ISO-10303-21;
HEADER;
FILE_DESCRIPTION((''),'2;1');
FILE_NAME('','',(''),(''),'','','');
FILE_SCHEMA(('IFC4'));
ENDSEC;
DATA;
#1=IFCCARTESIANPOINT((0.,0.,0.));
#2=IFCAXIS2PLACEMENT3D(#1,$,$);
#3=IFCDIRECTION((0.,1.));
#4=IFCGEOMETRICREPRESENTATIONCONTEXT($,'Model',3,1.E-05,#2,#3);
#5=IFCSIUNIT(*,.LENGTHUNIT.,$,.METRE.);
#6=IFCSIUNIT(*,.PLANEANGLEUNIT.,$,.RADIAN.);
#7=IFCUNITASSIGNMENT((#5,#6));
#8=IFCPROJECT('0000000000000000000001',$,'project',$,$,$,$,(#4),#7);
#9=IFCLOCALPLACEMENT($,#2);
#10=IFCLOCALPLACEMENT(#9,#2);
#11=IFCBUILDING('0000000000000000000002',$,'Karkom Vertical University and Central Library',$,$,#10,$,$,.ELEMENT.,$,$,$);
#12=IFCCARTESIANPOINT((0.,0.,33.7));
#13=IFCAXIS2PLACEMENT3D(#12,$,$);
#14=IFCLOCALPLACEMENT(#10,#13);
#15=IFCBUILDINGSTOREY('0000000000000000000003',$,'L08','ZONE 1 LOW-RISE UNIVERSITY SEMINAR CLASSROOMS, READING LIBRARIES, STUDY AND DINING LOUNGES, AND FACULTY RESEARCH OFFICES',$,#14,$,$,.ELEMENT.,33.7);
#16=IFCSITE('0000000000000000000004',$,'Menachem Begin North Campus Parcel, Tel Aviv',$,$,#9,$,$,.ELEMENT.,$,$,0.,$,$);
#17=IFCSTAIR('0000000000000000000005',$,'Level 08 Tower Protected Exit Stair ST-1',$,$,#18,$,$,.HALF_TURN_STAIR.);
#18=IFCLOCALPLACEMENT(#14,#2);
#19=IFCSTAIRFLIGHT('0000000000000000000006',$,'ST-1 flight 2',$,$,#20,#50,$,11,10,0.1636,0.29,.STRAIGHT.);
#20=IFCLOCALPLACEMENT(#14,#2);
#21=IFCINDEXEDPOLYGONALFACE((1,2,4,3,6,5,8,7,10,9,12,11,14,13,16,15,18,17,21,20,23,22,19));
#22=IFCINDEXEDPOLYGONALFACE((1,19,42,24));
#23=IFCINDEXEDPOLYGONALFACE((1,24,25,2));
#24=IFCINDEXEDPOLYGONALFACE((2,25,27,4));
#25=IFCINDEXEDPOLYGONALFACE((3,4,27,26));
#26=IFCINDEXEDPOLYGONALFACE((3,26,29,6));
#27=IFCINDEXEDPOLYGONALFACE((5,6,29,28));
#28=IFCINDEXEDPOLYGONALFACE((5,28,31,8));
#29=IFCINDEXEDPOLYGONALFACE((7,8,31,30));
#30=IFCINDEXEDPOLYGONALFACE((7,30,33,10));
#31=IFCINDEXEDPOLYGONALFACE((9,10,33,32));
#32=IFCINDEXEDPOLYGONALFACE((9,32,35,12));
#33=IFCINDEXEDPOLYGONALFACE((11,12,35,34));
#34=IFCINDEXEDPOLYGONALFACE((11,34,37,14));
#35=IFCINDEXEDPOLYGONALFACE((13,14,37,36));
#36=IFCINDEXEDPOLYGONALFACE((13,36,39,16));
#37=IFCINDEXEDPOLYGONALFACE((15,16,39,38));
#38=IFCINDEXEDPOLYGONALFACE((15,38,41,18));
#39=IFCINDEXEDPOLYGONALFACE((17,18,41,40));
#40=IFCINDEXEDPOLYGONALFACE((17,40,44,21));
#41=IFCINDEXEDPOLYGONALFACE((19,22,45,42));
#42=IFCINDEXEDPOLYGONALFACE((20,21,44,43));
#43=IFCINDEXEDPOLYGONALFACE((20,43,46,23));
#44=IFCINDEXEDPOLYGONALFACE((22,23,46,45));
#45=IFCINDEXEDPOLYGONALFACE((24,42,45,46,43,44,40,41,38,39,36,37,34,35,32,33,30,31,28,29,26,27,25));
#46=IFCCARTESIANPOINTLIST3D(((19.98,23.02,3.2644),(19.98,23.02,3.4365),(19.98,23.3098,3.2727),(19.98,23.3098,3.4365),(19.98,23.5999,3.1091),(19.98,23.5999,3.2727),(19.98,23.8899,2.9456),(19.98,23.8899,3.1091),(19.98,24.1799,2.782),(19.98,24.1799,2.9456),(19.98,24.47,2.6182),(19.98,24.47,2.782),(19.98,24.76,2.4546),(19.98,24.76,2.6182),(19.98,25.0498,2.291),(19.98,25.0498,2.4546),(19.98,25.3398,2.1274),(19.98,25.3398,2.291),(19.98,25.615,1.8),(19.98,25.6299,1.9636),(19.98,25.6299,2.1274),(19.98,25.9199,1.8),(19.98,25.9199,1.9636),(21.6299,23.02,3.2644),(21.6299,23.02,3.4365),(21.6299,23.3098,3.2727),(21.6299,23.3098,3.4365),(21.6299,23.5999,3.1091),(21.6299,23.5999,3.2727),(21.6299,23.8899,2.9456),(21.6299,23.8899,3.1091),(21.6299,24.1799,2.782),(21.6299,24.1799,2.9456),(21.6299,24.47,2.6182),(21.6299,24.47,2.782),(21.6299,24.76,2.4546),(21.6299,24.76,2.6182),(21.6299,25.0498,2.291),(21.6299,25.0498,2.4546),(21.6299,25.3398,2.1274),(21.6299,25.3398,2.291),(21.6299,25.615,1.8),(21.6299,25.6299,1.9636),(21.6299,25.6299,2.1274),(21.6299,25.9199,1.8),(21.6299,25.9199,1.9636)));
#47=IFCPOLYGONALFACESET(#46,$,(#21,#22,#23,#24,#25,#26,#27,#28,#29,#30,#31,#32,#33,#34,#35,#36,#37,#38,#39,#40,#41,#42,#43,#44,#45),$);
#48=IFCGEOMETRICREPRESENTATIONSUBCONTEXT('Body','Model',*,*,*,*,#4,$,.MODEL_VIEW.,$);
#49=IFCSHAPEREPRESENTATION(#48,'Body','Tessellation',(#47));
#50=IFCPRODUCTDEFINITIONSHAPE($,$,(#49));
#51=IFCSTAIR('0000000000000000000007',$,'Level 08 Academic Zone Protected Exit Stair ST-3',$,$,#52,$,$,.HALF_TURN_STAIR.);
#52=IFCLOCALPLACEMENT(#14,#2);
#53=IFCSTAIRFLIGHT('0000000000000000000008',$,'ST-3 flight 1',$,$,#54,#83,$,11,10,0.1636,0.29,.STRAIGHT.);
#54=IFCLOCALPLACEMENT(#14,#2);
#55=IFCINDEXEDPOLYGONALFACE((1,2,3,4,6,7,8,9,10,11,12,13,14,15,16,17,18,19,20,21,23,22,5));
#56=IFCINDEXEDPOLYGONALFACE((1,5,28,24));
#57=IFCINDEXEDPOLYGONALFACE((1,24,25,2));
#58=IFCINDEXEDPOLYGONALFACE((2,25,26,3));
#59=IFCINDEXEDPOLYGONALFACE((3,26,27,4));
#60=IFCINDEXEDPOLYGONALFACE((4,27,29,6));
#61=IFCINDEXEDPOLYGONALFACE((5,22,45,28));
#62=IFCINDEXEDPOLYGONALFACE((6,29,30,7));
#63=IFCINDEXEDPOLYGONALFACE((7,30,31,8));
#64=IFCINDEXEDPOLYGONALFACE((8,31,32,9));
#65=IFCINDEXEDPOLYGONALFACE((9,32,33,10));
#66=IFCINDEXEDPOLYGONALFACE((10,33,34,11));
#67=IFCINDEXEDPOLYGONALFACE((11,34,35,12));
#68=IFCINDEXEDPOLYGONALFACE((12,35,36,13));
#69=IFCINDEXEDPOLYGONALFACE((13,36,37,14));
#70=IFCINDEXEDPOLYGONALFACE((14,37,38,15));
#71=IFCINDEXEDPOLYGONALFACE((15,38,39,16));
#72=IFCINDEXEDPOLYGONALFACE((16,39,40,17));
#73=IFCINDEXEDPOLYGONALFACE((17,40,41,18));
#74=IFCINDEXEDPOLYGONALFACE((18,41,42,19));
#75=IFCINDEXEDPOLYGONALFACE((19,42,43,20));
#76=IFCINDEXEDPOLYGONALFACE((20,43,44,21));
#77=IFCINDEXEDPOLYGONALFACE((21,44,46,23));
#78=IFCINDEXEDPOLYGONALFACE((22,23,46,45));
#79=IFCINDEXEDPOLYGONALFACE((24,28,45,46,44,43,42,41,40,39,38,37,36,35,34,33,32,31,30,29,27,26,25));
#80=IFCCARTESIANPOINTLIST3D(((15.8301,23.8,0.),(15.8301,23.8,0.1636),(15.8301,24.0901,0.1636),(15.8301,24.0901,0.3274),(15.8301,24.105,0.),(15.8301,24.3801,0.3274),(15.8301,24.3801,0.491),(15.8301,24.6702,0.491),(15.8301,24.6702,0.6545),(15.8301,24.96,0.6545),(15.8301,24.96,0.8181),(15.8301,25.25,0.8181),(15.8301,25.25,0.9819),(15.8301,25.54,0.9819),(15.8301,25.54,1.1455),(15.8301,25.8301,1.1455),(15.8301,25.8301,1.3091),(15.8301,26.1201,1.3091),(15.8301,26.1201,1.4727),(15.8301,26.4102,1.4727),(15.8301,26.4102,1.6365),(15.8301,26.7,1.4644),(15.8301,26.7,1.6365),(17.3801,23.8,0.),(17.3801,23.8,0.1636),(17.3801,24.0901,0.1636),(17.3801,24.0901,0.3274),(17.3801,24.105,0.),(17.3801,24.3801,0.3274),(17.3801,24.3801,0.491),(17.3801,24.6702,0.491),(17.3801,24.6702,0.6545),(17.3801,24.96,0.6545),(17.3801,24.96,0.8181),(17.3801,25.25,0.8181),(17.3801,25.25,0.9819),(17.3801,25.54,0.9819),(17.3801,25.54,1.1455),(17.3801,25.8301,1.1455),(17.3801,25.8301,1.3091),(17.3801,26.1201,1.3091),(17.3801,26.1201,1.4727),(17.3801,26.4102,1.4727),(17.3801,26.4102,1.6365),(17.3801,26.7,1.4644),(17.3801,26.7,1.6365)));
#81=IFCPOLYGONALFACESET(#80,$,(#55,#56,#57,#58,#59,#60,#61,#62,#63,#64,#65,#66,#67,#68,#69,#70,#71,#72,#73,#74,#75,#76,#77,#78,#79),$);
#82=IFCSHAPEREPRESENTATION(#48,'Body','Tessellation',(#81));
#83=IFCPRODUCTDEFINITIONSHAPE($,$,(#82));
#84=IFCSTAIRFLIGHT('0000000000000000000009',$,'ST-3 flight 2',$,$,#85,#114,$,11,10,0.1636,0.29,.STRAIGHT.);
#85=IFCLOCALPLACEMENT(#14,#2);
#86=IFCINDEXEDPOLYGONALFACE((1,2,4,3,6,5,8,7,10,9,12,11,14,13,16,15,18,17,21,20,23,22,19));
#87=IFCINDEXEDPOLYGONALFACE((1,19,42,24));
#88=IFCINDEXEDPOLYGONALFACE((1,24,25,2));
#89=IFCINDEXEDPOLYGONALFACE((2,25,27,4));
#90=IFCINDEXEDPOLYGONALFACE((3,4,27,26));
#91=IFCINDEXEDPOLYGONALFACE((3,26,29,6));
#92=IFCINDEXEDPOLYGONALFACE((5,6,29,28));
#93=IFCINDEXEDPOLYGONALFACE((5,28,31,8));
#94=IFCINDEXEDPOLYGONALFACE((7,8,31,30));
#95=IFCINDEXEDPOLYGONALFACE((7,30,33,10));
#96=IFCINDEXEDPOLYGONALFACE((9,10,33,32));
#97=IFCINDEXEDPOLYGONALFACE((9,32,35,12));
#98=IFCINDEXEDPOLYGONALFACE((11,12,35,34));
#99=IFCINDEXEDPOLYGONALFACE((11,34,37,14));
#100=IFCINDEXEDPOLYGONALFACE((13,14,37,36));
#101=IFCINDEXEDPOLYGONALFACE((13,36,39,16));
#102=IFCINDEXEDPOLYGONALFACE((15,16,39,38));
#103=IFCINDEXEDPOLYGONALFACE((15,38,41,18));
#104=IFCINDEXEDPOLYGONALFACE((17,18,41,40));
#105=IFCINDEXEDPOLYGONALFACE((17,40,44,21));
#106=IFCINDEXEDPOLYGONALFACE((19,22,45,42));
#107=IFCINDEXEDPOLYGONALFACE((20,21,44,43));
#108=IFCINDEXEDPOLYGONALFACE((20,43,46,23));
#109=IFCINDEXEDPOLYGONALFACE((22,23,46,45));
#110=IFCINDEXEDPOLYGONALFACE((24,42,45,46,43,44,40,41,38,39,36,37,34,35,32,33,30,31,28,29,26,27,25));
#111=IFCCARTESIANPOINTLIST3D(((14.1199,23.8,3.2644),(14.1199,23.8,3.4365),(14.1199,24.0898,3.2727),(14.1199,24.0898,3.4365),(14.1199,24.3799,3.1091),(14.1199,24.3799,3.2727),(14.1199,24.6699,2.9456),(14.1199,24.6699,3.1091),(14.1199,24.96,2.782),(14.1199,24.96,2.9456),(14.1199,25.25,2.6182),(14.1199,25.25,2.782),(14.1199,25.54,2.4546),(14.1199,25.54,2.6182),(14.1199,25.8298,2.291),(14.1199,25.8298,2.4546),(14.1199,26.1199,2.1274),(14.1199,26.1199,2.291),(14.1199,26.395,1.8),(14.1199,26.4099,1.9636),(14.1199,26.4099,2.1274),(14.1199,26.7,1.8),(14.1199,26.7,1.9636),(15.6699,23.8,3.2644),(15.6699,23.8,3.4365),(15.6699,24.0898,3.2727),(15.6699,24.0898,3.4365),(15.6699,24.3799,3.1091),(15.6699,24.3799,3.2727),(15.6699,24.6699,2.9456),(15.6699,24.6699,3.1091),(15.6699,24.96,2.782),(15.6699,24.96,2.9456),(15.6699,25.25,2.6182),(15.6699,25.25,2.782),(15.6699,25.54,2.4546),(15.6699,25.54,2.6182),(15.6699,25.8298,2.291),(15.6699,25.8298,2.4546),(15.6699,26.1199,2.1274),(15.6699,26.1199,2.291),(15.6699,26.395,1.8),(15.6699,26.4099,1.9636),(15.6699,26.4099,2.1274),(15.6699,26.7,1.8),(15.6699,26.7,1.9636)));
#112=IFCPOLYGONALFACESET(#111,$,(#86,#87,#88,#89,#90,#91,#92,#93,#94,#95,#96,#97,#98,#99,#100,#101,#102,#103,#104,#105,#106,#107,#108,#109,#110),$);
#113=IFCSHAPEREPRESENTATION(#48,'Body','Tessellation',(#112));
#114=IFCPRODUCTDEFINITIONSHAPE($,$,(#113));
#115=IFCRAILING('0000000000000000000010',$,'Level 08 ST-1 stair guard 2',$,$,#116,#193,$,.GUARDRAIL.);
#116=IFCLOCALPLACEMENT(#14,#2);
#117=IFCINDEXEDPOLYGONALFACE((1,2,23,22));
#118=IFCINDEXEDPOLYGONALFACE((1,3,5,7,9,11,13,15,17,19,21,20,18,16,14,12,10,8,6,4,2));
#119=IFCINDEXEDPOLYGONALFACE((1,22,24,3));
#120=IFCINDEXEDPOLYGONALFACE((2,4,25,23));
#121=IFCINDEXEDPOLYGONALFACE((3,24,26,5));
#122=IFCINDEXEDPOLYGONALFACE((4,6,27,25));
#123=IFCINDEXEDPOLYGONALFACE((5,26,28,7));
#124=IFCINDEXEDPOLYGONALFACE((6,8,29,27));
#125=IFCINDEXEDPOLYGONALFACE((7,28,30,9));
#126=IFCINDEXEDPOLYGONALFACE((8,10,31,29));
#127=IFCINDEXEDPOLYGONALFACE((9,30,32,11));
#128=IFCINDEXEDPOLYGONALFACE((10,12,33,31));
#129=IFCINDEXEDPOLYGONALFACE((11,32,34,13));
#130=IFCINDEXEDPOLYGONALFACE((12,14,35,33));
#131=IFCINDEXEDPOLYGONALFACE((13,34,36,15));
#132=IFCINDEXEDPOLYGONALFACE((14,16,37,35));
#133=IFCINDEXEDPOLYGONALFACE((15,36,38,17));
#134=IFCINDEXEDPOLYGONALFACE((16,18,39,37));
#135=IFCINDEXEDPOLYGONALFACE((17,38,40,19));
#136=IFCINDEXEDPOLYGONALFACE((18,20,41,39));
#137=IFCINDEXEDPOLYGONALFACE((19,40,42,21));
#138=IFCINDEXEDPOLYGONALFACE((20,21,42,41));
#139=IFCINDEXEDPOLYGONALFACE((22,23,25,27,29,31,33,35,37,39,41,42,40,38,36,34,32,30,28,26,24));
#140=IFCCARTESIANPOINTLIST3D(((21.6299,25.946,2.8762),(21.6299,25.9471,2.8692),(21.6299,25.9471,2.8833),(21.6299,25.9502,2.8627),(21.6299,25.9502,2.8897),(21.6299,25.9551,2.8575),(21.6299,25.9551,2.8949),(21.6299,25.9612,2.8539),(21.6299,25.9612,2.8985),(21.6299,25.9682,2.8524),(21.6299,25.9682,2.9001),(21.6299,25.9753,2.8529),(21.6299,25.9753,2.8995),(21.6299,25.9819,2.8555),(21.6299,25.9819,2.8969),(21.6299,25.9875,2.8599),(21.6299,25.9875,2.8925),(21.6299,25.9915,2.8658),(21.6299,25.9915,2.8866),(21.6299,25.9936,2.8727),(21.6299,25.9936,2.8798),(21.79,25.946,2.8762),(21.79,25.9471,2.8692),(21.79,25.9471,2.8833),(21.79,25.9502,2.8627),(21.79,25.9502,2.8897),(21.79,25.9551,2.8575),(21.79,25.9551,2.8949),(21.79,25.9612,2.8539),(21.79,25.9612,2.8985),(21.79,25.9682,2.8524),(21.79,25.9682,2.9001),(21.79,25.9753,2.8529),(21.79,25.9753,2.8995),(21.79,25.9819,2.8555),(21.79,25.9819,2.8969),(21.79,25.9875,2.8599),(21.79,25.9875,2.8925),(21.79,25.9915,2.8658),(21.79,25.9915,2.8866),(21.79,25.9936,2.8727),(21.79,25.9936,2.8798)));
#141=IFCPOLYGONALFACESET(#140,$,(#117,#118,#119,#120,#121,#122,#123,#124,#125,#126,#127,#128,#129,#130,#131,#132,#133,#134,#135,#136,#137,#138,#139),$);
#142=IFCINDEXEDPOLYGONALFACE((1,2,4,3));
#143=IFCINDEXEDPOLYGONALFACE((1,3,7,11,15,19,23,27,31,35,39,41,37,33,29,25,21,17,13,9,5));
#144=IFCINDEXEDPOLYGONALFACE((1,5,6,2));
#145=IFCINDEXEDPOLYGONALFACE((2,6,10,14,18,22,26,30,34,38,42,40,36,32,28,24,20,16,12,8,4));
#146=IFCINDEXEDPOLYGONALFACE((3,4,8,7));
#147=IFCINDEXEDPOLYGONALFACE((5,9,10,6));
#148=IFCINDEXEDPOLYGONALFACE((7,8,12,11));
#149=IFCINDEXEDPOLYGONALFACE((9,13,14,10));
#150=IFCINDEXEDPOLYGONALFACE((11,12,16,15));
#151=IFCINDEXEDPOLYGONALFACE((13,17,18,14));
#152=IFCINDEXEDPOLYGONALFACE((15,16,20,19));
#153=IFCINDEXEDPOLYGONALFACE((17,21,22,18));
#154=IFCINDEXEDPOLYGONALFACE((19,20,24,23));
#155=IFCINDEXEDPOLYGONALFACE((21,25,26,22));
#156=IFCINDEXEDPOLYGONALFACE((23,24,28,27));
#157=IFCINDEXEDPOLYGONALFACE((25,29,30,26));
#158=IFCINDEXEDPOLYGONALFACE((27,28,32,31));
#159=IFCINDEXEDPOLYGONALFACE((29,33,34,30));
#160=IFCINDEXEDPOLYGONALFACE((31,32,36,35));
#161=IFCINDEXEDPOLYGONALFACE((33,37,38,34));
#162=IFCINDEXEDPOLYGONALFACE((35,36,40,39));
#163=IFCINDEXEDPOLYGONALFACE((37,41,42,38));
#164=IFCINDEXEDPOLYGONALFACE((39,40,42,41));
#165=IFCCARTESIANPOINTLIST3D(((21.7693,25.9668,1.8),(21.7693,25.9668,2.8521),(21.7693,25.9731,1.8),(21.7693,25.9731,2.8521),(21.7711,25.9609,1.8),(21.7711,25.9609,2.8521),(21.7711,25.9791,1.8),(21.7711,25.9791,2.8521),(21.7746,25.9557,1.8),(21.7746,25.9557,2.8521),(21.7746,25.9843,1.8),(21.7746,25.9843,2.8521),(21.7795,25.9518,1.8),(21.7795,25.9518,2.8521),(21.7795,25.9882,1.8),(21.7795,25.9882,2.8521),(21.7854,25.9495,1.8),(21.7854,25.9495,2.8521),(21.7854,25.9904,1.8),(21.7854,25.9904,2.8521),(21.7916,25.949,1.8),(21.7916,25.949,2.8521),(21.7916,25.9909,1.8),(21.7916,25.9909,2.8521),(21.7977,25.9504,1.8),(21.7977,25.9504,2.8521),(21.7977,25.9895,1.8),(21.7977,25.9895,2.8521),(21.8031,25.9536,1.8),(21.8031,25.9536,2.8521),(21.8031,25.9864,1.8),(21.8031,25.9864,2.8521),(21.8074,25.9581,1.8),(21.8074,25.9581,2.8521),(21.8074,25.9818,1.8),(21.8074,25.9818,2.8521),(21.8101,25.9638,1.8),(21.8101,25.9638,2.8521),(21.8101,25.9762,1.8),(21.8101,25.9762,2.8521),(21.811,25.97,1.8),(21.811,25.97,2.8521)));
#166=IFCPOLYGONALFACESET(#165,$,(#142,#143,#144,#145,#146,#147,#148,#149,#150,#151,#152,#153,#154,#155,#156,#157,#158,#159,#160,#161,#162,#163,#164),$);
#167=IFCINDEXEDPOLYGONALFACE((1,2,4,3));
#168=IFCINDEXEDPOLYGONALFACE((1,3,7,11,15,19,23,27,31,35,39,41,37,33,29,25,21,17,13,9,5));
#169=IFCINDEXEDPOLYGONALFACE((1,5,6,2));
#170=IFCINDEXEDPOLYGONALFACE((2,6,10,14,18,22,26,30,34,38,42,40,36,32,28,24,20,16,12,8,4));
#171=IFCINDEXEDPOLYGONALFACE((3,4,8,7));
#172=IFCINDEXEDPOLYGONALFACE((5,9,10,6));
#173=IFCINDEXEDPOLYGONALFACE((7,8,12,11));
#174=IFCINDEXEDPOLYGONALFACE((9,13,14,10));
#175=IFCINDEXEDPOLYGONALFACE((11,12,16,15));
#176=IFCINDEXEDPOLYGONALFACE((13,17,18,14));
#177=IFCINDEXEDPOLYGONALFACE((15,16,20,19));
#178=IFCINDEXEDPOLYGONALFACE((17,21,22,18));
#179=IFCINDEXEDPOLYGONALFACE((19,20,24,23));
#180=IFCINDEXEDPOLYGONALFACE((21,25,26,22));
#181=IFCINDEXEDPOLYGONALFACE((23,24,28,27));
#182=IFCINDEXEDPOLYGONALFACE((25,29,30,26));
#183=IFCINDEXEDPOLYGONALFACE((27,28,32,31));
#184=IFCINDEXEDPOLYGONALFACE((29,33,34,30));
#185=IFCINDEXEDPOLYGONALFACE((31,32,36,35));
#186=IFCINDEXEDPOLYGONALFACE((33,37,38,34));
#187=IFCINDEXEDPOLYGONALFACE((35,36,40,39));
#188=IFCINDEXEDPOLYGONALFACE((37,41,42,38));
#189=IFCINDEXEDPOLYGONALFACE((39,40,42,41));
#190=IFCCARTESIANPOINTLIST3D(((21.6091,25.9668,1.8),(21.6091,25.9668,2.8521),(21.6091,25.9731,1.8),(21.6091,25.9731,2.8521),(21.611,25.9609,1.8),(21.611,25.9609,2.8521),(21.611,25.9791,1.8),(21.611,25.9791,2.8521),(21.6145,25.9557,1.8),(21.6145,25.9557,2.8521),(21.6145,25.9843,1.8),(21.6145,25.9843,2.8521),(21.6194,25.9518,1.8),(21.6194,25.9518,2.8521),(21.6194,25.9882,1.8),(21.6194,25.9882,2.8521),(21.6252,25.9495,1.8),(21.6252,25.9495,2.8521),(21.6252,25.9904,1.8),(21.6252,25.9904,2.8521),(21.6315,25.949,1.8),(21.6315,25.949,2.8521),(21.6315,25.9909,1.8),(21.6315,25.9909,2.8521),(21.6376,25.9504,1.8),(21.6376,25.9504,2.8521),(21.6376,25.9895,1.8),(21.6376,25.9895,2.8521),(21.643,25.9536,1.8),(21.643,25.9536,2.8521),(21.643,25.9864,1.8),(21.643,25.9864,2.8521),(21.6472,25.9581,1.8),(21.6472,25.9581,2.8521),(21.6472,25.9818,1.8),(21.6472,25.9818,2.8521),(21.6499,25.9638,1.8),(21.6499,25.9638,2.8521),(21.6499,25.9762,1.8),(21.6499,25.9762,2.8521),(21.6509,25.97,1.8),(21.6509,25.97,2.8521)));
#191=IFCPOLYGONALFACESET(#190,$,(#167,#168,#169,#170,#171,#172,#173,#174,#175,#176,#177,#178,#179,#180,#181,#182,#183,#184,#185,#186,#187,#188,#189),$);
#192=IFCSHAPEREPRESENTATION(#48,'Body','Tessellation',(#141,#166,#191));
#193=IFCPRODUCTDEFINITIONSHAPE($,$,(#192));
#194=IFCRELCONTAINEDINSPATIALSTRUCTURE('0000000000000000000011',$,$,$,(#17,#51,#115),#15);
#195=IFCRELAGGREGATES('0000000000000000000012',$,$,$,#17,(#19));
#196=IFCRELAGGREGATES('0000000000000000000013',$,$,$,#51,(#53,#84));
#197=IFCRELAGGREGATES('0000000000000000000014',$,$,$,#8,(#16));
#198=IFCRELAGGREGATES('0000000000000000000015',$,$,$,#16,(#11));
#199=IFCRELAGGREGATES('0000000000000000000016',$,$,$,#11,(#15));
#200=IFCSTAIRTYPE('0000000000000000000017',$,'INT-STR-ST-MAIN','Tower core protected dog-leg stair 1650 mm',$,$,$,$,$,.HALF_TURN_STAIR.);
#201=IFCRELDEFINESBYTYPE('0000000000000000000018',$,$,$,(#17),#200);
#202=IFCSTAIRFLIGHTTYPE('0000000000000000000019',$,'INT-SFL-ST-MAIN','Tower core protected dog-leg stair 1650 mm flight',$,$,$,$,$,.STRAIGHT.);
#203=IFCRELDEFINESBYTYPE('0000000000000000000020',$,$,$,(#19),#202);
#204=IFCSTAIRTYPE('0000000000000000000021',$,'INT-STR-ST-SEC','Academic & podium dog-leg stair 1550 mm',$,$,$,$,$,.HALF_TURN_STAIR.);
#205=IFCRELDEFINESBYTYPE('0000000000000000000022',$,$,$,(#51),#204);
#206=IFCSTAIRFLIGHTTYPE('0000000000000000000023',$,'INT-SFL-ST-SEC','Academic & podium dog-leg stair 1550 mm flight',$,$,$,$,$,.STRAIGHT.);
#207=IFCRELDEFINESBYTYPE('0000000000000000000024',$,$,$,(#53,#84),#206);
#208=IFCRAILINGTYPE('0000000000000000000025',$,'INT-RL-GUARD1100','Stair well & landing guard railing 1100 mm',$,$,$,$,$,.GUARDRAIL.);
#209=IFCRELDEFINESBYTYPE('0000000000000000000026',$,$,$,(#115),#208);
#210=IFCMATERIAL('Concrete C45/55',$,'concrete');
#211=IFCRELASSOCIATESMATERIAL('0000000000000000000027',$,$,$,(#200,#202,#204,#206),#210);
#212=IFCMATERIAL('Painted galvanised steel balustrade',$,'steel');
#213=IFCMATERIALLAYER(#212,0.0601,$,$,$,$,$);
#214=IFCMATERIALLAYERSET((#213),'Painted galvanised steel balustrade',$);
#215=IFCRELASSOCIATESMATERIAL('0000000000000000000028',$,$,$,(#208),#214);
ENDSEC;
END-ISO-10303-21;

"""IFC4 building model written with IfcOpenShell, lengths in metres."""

from ifc_helpers import new_model, si_unit, direction, frame, origin, origin_2d, place, context, subcontext, project, spatial, polyline, circle, outline, extrude, material, layer, layer_set, type_object, element, aggregate, save


model = new_model("IFC4")

# Units and contexts
model_context = context("Model", 3, precision=1e-05, world=origin(), true_north=direction((0.0, 1.0)))
body_context = subcontext(model_context, "Body", "Model", "MODEL_VIEW")
ifc_project = project(units=[si_unit("LENGTHUNIT", "METRE"), si_unit("PLANEANGLEUNIT", "RADIAN")], contexts=[model_context])

# Site, building, storey
site_placement = place(None, origin())
site = spatial("IfcSite", under=ifc_project, at=site_placement, Name="Menachem Begin North Campus Parcel, Tel Aviv", CompositionType="ELEMENT", RefElevation=0.0)
building_placement = place(site_placement, origin())
building = spatial("IfcBuilding", under=site, at=building_placement, Name="Karkom Vertical University and Central Library", CompositionType="ELEMENT")
storey_placement = place(building_placement, frame((0.0, 0.0, 33.7)))
storey = spatial("IfcBuildingStorey", under=building, at=storey_placement, Name="L08", Description="ZONE 1 LOW-RISE UNIVERSITY SEMINAR CLASSROOMS, READING LIBRARIES, STUDY AND DINING LOUNGES, AND FACULTY RESEARCH OFFICES", CompositionType="ELEMENT", Elevation=33.7)

# Shared definitions
ifc_material_1 = material(Name="Concrete C45/55", Category="concrete")

# Stair, stair flight
stair_type_1 = type_object("IfcStairType", Name="INT-STR-ST-MAIN", Description="Tower core protected dog-leg stair 1650 mm", PredefinedType="HALF_TURN_STAIR", material=ifc_material_1)
stair_1_placement = place(storey_placement, origin())
stair_1 = element("IfcStair", 1, at=stair_1_placement, inside=storey, type_object=stair_type_1, Name="Level 08 Tower Protected Exit Stair ST-1", PredefinedType="HALF_TURN_STAIR")
stair_flight_type_1 = type_object("IfcStairFlightType", Name="INT-SFL-ST-MAIN", Description="Tower core protected dog-leg stair 1650 mm flight", PredefinedType="STRAIGHT", material=ifc_material_1)
stair_flight_1_placement = place(storey_placement, frame((20.8049, 25.9199, 1.8), z_axis=(0.0, 0.0, 1.0), x_axis=(0.0, -1.0, 0.0)))
stair_flight_1 = element("IfcStairFlight", 2, at=stair_flight_1_placement, type_object=stair_flight_type_1, Name="ST-1 flight 2", NumberOfRisers=11, NumberOfTreads=10, PredefinedType="STRAIGHT", RiserHeight=0.1636, TreadLength=0.29, context=body_context, shape_type="SweptSolid", body=[
    extrude(outline(polyline([(0.0, 0.0), (0.0, 0.1636), (0.29, 0.1636), (0.29, 0.3274), (0.5801, 0.3274), (0.5801, 0.491), (0.8701, 0.491), (0.8701, 0.6545), (1.1599, 0.6545), (1.1599, 0.8181), (1.45, 0.8181), (1.45, 0.9819), (1.74, 0.9819), (1.74, 1.1455), (2.03, 1.1455), (2.03, 1.3091), (2.3201, 1.3091), (2.3201, 1.4727), (2.6101, 1.4727), (2.6101, 1.6365), (2.8999, 1.6365), (2.8999, 1.8), (2.8999, 1.4644), (0.3049, 0.0), (0.0, 0.0)])), frame((0.0, 0.825, 0.0), z_axis=(0.0, -1.0, 0.0), x_axis=(1.0, 0.0, 0.0)), (0.0, 0.0, 1.0), 1.6499),
])
aggregate(stair_1, [stair_flight_1])

# Stair, stair flights
stair_type_2 = type_object("IfcStairType", Name="INT-STR-ST-SEC", Description="Academic & podium dog-leg stair 1550 mm", PredefinedType="HALF_TURN_STAIR", material=ifc_material_1)
stair_2_placement = place(storey_placement, origin())
stair_2 = element("IfcStair", 3, at=stair_2_placement, inside=storey, type_object=stair_type_2, Name="Level 08 Academic Zone Protected Exit Stair ST-3", PredefinedType="HALF_TURN_STAIR")
stair_flight_type_2 = type_object("IfcStairFlightType", Name="INT-SFL-ST-SEC", Description="Academic & podium dog-leg stair 1550 mm flight", PredefinedType="STRAIGHT", material=ifc_material_1)
stair_flight_2_placement = place(storey_placement, frame((16.605, 23.8, 0.0), z_axis=(0.0, 0.0, 1.0), x_axis=(0.0, 1.0, 0.0)))
stair_flight_2 = element("IfcStairFlight", 4, at=stair_flight_2_placement, type_object=stair_flight_type_2, Name="ST-3 flight 1", NumberOfRisers=11, NumberOfTreads=10, PredefinedType="STRAIGHT", RiserHeight=0.1636, TreadLength=0.29, context=body_context, shape_type="SweptSolid", body=[
    extrude(outline(polyline([(0.0, 0.0), (0.0, 0.1636), (0.29, 0.1636), (0.29, 0.3274), (0.5801, 0.3274), (0.5801, 0.491), (0.8701, 0.491), (0.8701, 0.6545), (1.1599, 0.6545), (1.1599, 0.8181), (1.45, 0.8181), (1.45, 0.9819), (1.74, 0.9819), (1.74, 1.1455), (2.03, 1.1455), (2.03, 1.3091), (2.3201, 1.3091), (2.3201, 1.4727), (2.6101, 1.4727), (2.6101, 1.6365), (2.8999, 1.6365), (2.8999, 1.8), (2.8999, 1.4644), (0.3049, 0.0), (0.0, 0.0)])), frame((0.0, 0.7749, 0.0), z_axis=(0.0, -1.0, 0.0), x_axis=(1.0, 0.0, 0.0)), (0.0, 0.0, 1.0), 1.55),
])
stair_flight_3_placement = place(storey_placement, frame((14.895, 26.7, 1.8), z_axis=(0.0, 0.0, 1.0), x_axis=(0.0, -1.0, 0.0)))
stair_flight_3 = element("IfcStairFlight", 5, at=stair_flight_3_placement, type_object=stair_flight_type_2, Name="ST-3 flight 2", NumberOfRisers=11, NumberOfTreads=10, PredefinedType="STRAIGHT", RiserHeight=0.1636, TreadLength=0.29, context=body_context, shape_type="SweptSolid", body=[
    extrude(outline(polyline([(0.0, 0.0), (0.0, 0.1636), (0.29, 0.1636), (0.29, 0.3274), (0.5801, 0.3274), (0.5801, 0.491), (0.8701, 0.491), (0.8701, 0.6545), (1.1599, 0.6545), (1.1599, 0.8181), (1.45, 0.8181), (1.45, 0.9819), (1.74, 0.9819), (1.74, 1.1455), (2.03, 1.1455), (2.03, 1.3091), (2.3201, 1.3091), (2.3201, 1.4727), (2.6101, 1.4727), (2.6101, 1.6365), (2.8999, 1.6365), (2.8999, 1.8), (2.8999, 1.4644), (0.3049, 0.0), (0.0, 0.0)])), frame((0.0, 0.7749, 0.0), z_axis=(0.0, -1.0, 0.0), x_axis=(1.0, 0.0, 0.0)), (0.0, 0.0, 1.0), 1.55),
])
aggregate(stair_2, [stair_flight_2, stair_flight_3])

# Railing
ifc_material_2 = material(Name="Painted galvanised steel balustrade", Category="steel")
ifc_layer_1 = layer(ifc_material_2, 0.0601)
ifc_layer_set_1 = layer_set([ifc_layer_1], Name="Painted galvanised steel balustrade")
railing_type_1 = type_object("IfcRailingType", Name="INT-RL-GUARD1100", Description="Stair well & landing guard railing 1100 mm", PredefinedType="GUARDRAIL", material=ifc_layer_set_1)
railing_1_placement = place(storey_placement, frame((21.79, 25.97, 1.8)))
element("IfcRailing", 6, at=railing_1_placement, inside=storey, type_object=railing_type_1, Name="Level 08 ST-1 stair guard 2", PredefinedType="GUARDRAIL", context=body_context, shape_type="SweptSolid", body=[
    extrude(circle(Radius=0.0239, at=origin_2d()), frame((0.0, 0.0, 1.0762), z_axis=(-1.0, 0.0, 0.0), x_axis=(0.0, -1.0, 0.0)), (0.0, 0.0, 1.0), 0.1602),
    extrude(circle(Radius=0.021, at=origin_2d()), origin(), (0.0, 0.0, 1.0), 1.052),
    extrude(circle(Radius=0.021, at=origin_2d()), frame((-0.1602, 0.0, 0.0)), (0.0, 0.0, 1.0), 1.052),
])

save(model, "model.ifc")
